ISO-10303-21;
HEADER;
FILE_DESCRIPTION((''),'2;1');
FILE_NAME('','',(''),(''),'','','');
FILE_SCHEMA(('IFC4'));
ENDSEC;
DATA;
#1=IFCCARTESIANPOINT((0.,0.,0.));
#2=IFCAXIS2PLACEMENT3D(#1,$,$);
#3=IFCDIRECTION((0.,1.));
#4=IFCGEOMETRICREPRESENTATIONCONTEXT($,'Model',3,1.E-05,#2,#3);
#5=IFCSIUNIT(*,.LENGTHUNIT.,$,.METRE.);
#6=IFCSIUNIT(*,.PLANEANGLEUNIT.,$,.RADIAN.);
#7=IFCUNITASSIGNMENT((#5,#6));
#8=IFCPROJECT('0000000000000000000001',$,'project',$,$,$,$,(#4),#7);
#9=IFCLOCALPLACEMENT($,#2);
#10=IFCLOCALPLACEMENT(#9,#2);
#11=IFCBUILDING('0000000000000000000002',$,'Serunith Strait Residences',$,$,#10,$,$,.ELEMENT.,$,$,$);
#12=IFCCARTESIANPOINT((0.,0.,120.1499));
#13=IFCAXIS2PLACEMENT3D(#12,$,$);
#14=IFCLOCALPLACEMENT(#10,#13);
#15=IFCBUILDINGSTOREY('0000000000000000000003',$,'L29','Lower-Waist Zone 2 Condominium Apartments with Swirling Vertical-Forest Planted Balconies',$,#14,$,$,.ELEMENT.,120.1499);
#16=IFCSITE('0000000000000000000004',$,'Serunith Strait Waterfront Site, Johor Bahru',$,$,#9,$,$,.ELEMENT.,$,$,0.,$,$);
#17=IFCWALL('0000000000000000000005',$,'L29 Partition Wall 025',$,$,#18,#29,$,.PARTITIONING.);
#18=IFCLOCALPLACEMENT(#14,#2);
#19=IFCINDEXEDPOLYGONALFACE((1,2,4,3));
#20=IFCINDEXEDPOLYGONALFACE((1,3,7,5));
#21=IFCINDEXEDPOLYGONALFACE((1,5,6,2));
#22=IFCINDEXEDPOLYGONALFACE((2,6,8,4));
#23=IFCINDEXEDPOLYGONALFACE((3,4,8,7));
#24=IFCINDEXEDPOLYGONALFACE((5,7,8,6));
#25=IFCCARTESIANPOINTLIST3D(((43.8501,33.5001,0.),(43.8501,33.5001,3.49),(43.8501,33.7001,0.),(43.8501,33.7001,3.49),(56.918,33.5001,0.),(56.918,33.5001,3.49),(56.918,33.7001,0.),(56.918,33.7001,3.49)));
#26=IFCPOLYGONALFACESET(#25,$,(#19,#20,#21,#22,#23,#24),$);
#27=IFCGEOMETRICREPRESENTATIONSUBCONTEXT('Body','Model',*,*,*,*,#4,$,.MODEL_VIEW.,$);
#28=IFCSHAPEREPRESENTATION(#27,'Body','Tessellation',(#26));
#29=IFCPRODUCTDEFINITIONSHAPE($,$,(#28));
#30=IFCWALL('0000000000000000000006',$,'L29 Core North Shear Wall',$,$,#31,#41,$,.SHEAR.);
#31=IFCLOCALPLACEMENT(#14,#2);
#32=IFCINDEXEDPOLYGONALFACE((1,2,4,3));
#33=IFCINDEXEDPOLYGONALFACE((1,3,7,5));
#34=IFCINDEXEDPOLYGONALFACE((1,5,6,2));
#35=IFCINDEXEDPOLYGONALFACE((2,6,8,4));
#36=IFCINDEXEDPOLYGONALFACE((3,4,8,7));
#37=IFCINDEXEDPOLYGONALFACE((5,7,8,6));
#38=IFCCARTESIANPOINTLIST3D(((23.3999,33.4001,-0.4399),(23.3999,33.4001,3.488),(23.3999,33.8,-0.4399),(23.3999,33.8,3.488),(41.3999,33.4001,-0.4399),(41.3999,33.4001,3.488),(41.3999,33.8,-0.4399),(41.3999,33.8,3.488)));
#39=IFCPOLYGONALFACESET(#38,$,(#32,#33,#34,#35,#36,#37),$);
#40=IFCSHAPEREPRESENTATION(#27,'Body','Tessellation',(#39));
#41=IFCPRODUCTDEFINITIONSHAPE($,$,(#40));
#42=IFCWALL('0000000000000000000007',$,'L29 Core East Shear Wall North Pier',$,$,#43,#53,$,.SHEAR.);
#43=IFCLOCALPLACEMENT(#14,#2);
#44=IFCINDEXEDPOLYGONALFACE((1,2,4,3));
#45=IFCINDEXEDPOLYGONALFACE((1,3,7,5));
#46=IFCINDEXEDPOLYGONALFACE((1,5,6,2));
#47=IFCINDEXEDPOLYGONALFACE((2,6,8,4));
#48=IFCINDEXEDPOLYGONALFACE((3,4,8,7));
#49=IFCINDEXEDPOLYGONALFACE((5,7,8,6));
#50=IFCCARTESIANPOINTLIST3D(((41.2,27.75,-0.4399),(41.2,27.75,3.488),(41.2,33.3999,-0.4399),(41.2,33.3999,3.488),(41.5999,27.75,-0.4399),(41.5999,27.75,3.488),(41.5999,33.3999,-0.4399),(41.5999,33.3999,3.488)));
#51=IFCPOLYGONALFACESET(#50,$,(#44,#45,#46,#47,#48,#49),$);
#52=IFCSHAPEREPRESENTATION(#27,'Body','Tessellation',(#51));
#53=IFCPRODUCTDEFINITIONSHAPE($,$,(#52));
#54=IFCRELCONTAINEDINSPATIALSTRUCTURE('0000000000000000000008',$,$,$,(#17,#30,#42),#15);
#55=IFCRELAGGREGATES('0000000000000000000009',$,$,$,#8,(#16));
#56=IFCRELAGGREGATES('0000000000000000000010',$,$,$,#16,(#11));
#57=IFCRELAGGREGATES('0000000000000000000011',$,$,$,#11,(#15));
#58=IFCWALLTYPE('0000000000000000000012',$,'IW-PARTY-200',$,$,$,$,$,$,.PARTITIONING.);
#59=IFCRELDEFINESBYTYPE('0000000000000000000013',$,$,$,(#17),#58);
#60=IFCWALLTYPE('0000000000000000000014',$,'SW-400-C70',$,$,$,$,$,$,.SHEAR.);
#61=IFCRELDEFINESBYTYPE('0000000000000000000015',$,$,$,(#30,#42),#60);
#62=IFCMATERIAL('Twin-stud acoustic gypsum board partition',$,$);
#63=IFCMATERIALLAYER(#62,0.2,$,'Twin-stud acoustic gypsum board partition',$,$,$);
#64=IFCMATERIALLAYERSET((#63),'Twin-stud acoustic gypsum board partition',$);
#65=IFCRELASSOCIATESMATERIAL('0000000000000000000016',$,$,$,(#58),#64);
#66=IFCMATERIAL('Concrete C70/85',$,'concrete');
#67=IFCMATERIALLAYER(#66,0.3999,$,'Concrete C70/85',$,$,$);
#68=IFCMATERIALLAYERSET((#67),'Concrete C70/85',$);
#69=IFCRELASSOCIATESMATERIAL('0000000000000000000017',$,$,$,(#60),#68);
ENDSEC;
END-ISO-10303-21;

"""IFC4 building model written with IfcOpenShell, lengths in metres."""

from ifc_helpers import new_model, si_unit, direction, frame, frame_2d, origin, place, context, subcontext, project, spatial, rectangle, extrude, material, layer, layer_set, type_object, element, save


model = new_model("IFC4")

# Units and contexts
model_context = context("Model", 3, precision=1e-05, world=origin(), true_north=direction((0.0, 1.0)))
body_context = subcontext(model_context, "Body", "Model", "MODEL_VIEW")
ifc_project = project(units=[si_unit("LENGTHUNIT", "METRE"), si_unit("PLANEANGLEUNIT", "RADIAN")], contexts=[model_context])

# Site, building, storey
site_placement = place(None, origin())
site = spatial("IfcSite", under=ifc_project, at=site_placement, Name="Serunith Strait Waterfront Site, Johor Bahru", CompositionType="ELEMENT", RefElevation=0.0)
building_placement = place(site_placement, origin())
building = spatial("IfcBuilding", under=site, at=building_placement, Name="Serunith Strait Residences", CompositionType="ELEMENT")
storey_placement = place(building_placement, frame((0.0, 0.0, 120.1499)))
storey = spatial("IfcBuildingStorey", under=building, at=storey_placement, Name="L29", Description="Lower-Waist Zone 2 Condominium Apartments with Swirling Vertical-Forest Planted Balconies", CompositionType="ELEMENT", Elevation=120.1499)

# Walls
ifc_material_1 = material(Name="Twin-stud acoustic gypsum board partition")
ifc_layer_1 = layer(ifc_material_1, 0.2, Name="Twin-stud acoustic gypsum board partition")
ifc_layer_set_1 = layer_set([ifc_layer_1], Name="Twin-stud acoustic gypsum board partition")
wall_type_1 = type_object("IfcWallType", Name="IW-PARTY-200", PredefinedType="PARTITIONING", material=ifc_layer_set_1)
wall_1_placement = place(storey_placement, frame((43.8501, 33.6001, 0.0), z_axis=(0.0, 0.0, 1.0), x_axis=(1.0, 0.0, 0.0)))
element("IfcWall", 1, at=wall_1_placement, inside=storey, type_object=wall_type_1, Name="L29 Partition Wall 025", PredefinedType="PARTITIONING", context=body_context, shape_type="SweptSolid", body=[
    extrude(rectangle(XDim=13.0679, YDim=0.2, at=frame_2d((6.5339, 0.0))), origin(), (0.0, 0.0, 1.0), 3.49),
])
ifc_material_2 = material(Name="Concrete C70/85", Category="concrete")
ifc_layer_2 = layer(ifc_material_2, 0.3999, Name="Concrete C70/85")
ifc_layer_set_2 = layer_set([ifc_layer_2], Name="Concrete C70/85")
wall_type_2 = type_object("IfcWallType", Name="SW-400-C70", PredefinedType="SHEAR", material=ifc_layer_set_2)
wall_2_placement = place(storey_placement, frame((41.3999, 33.6001, -0.4399), z_axis=(0.0, 0.0, 1.0), x_axis=(-1.0, 0.0, 0.0)))
element("IfcWall", 2, at=wall_2_placement, inside=storey, type_object=wall_type_2, Name="L29 Core North Shear Wall", PredefinedType="SHEAR", context=body_context, shape_type="SweptSolid", body=[
    extrude(rectangle(XDim=18.0, YDim=0.3999, at=frame_2d((9.0, 0.0))), origin(), (0.0, 0.0, 1.0), 3.928),
])
wall_3_placement = place(storey_placement, frame((41.3999, 27.75, -0.4399), z_axis=(0.0, 0.0, 1.0), x_axis=(0.0, 1.0, 0.0)))
element("IfcWall", 3, at=wall_3_placement, inside=storey, type_object=wall_type_2, Name="L29 Core East Shear Wall North Pier", PredefinedType="SHEAR", context=body_context, shape_type="SweptSolid", body=[
    extrude(rectangle(XDim=5.6499, YDim=0.3999, at=frame_2d((2.825, 0.0))), origin(), (0.0, 0.0, 1.0), 3.928),
])

save(model, "model.ifc")
